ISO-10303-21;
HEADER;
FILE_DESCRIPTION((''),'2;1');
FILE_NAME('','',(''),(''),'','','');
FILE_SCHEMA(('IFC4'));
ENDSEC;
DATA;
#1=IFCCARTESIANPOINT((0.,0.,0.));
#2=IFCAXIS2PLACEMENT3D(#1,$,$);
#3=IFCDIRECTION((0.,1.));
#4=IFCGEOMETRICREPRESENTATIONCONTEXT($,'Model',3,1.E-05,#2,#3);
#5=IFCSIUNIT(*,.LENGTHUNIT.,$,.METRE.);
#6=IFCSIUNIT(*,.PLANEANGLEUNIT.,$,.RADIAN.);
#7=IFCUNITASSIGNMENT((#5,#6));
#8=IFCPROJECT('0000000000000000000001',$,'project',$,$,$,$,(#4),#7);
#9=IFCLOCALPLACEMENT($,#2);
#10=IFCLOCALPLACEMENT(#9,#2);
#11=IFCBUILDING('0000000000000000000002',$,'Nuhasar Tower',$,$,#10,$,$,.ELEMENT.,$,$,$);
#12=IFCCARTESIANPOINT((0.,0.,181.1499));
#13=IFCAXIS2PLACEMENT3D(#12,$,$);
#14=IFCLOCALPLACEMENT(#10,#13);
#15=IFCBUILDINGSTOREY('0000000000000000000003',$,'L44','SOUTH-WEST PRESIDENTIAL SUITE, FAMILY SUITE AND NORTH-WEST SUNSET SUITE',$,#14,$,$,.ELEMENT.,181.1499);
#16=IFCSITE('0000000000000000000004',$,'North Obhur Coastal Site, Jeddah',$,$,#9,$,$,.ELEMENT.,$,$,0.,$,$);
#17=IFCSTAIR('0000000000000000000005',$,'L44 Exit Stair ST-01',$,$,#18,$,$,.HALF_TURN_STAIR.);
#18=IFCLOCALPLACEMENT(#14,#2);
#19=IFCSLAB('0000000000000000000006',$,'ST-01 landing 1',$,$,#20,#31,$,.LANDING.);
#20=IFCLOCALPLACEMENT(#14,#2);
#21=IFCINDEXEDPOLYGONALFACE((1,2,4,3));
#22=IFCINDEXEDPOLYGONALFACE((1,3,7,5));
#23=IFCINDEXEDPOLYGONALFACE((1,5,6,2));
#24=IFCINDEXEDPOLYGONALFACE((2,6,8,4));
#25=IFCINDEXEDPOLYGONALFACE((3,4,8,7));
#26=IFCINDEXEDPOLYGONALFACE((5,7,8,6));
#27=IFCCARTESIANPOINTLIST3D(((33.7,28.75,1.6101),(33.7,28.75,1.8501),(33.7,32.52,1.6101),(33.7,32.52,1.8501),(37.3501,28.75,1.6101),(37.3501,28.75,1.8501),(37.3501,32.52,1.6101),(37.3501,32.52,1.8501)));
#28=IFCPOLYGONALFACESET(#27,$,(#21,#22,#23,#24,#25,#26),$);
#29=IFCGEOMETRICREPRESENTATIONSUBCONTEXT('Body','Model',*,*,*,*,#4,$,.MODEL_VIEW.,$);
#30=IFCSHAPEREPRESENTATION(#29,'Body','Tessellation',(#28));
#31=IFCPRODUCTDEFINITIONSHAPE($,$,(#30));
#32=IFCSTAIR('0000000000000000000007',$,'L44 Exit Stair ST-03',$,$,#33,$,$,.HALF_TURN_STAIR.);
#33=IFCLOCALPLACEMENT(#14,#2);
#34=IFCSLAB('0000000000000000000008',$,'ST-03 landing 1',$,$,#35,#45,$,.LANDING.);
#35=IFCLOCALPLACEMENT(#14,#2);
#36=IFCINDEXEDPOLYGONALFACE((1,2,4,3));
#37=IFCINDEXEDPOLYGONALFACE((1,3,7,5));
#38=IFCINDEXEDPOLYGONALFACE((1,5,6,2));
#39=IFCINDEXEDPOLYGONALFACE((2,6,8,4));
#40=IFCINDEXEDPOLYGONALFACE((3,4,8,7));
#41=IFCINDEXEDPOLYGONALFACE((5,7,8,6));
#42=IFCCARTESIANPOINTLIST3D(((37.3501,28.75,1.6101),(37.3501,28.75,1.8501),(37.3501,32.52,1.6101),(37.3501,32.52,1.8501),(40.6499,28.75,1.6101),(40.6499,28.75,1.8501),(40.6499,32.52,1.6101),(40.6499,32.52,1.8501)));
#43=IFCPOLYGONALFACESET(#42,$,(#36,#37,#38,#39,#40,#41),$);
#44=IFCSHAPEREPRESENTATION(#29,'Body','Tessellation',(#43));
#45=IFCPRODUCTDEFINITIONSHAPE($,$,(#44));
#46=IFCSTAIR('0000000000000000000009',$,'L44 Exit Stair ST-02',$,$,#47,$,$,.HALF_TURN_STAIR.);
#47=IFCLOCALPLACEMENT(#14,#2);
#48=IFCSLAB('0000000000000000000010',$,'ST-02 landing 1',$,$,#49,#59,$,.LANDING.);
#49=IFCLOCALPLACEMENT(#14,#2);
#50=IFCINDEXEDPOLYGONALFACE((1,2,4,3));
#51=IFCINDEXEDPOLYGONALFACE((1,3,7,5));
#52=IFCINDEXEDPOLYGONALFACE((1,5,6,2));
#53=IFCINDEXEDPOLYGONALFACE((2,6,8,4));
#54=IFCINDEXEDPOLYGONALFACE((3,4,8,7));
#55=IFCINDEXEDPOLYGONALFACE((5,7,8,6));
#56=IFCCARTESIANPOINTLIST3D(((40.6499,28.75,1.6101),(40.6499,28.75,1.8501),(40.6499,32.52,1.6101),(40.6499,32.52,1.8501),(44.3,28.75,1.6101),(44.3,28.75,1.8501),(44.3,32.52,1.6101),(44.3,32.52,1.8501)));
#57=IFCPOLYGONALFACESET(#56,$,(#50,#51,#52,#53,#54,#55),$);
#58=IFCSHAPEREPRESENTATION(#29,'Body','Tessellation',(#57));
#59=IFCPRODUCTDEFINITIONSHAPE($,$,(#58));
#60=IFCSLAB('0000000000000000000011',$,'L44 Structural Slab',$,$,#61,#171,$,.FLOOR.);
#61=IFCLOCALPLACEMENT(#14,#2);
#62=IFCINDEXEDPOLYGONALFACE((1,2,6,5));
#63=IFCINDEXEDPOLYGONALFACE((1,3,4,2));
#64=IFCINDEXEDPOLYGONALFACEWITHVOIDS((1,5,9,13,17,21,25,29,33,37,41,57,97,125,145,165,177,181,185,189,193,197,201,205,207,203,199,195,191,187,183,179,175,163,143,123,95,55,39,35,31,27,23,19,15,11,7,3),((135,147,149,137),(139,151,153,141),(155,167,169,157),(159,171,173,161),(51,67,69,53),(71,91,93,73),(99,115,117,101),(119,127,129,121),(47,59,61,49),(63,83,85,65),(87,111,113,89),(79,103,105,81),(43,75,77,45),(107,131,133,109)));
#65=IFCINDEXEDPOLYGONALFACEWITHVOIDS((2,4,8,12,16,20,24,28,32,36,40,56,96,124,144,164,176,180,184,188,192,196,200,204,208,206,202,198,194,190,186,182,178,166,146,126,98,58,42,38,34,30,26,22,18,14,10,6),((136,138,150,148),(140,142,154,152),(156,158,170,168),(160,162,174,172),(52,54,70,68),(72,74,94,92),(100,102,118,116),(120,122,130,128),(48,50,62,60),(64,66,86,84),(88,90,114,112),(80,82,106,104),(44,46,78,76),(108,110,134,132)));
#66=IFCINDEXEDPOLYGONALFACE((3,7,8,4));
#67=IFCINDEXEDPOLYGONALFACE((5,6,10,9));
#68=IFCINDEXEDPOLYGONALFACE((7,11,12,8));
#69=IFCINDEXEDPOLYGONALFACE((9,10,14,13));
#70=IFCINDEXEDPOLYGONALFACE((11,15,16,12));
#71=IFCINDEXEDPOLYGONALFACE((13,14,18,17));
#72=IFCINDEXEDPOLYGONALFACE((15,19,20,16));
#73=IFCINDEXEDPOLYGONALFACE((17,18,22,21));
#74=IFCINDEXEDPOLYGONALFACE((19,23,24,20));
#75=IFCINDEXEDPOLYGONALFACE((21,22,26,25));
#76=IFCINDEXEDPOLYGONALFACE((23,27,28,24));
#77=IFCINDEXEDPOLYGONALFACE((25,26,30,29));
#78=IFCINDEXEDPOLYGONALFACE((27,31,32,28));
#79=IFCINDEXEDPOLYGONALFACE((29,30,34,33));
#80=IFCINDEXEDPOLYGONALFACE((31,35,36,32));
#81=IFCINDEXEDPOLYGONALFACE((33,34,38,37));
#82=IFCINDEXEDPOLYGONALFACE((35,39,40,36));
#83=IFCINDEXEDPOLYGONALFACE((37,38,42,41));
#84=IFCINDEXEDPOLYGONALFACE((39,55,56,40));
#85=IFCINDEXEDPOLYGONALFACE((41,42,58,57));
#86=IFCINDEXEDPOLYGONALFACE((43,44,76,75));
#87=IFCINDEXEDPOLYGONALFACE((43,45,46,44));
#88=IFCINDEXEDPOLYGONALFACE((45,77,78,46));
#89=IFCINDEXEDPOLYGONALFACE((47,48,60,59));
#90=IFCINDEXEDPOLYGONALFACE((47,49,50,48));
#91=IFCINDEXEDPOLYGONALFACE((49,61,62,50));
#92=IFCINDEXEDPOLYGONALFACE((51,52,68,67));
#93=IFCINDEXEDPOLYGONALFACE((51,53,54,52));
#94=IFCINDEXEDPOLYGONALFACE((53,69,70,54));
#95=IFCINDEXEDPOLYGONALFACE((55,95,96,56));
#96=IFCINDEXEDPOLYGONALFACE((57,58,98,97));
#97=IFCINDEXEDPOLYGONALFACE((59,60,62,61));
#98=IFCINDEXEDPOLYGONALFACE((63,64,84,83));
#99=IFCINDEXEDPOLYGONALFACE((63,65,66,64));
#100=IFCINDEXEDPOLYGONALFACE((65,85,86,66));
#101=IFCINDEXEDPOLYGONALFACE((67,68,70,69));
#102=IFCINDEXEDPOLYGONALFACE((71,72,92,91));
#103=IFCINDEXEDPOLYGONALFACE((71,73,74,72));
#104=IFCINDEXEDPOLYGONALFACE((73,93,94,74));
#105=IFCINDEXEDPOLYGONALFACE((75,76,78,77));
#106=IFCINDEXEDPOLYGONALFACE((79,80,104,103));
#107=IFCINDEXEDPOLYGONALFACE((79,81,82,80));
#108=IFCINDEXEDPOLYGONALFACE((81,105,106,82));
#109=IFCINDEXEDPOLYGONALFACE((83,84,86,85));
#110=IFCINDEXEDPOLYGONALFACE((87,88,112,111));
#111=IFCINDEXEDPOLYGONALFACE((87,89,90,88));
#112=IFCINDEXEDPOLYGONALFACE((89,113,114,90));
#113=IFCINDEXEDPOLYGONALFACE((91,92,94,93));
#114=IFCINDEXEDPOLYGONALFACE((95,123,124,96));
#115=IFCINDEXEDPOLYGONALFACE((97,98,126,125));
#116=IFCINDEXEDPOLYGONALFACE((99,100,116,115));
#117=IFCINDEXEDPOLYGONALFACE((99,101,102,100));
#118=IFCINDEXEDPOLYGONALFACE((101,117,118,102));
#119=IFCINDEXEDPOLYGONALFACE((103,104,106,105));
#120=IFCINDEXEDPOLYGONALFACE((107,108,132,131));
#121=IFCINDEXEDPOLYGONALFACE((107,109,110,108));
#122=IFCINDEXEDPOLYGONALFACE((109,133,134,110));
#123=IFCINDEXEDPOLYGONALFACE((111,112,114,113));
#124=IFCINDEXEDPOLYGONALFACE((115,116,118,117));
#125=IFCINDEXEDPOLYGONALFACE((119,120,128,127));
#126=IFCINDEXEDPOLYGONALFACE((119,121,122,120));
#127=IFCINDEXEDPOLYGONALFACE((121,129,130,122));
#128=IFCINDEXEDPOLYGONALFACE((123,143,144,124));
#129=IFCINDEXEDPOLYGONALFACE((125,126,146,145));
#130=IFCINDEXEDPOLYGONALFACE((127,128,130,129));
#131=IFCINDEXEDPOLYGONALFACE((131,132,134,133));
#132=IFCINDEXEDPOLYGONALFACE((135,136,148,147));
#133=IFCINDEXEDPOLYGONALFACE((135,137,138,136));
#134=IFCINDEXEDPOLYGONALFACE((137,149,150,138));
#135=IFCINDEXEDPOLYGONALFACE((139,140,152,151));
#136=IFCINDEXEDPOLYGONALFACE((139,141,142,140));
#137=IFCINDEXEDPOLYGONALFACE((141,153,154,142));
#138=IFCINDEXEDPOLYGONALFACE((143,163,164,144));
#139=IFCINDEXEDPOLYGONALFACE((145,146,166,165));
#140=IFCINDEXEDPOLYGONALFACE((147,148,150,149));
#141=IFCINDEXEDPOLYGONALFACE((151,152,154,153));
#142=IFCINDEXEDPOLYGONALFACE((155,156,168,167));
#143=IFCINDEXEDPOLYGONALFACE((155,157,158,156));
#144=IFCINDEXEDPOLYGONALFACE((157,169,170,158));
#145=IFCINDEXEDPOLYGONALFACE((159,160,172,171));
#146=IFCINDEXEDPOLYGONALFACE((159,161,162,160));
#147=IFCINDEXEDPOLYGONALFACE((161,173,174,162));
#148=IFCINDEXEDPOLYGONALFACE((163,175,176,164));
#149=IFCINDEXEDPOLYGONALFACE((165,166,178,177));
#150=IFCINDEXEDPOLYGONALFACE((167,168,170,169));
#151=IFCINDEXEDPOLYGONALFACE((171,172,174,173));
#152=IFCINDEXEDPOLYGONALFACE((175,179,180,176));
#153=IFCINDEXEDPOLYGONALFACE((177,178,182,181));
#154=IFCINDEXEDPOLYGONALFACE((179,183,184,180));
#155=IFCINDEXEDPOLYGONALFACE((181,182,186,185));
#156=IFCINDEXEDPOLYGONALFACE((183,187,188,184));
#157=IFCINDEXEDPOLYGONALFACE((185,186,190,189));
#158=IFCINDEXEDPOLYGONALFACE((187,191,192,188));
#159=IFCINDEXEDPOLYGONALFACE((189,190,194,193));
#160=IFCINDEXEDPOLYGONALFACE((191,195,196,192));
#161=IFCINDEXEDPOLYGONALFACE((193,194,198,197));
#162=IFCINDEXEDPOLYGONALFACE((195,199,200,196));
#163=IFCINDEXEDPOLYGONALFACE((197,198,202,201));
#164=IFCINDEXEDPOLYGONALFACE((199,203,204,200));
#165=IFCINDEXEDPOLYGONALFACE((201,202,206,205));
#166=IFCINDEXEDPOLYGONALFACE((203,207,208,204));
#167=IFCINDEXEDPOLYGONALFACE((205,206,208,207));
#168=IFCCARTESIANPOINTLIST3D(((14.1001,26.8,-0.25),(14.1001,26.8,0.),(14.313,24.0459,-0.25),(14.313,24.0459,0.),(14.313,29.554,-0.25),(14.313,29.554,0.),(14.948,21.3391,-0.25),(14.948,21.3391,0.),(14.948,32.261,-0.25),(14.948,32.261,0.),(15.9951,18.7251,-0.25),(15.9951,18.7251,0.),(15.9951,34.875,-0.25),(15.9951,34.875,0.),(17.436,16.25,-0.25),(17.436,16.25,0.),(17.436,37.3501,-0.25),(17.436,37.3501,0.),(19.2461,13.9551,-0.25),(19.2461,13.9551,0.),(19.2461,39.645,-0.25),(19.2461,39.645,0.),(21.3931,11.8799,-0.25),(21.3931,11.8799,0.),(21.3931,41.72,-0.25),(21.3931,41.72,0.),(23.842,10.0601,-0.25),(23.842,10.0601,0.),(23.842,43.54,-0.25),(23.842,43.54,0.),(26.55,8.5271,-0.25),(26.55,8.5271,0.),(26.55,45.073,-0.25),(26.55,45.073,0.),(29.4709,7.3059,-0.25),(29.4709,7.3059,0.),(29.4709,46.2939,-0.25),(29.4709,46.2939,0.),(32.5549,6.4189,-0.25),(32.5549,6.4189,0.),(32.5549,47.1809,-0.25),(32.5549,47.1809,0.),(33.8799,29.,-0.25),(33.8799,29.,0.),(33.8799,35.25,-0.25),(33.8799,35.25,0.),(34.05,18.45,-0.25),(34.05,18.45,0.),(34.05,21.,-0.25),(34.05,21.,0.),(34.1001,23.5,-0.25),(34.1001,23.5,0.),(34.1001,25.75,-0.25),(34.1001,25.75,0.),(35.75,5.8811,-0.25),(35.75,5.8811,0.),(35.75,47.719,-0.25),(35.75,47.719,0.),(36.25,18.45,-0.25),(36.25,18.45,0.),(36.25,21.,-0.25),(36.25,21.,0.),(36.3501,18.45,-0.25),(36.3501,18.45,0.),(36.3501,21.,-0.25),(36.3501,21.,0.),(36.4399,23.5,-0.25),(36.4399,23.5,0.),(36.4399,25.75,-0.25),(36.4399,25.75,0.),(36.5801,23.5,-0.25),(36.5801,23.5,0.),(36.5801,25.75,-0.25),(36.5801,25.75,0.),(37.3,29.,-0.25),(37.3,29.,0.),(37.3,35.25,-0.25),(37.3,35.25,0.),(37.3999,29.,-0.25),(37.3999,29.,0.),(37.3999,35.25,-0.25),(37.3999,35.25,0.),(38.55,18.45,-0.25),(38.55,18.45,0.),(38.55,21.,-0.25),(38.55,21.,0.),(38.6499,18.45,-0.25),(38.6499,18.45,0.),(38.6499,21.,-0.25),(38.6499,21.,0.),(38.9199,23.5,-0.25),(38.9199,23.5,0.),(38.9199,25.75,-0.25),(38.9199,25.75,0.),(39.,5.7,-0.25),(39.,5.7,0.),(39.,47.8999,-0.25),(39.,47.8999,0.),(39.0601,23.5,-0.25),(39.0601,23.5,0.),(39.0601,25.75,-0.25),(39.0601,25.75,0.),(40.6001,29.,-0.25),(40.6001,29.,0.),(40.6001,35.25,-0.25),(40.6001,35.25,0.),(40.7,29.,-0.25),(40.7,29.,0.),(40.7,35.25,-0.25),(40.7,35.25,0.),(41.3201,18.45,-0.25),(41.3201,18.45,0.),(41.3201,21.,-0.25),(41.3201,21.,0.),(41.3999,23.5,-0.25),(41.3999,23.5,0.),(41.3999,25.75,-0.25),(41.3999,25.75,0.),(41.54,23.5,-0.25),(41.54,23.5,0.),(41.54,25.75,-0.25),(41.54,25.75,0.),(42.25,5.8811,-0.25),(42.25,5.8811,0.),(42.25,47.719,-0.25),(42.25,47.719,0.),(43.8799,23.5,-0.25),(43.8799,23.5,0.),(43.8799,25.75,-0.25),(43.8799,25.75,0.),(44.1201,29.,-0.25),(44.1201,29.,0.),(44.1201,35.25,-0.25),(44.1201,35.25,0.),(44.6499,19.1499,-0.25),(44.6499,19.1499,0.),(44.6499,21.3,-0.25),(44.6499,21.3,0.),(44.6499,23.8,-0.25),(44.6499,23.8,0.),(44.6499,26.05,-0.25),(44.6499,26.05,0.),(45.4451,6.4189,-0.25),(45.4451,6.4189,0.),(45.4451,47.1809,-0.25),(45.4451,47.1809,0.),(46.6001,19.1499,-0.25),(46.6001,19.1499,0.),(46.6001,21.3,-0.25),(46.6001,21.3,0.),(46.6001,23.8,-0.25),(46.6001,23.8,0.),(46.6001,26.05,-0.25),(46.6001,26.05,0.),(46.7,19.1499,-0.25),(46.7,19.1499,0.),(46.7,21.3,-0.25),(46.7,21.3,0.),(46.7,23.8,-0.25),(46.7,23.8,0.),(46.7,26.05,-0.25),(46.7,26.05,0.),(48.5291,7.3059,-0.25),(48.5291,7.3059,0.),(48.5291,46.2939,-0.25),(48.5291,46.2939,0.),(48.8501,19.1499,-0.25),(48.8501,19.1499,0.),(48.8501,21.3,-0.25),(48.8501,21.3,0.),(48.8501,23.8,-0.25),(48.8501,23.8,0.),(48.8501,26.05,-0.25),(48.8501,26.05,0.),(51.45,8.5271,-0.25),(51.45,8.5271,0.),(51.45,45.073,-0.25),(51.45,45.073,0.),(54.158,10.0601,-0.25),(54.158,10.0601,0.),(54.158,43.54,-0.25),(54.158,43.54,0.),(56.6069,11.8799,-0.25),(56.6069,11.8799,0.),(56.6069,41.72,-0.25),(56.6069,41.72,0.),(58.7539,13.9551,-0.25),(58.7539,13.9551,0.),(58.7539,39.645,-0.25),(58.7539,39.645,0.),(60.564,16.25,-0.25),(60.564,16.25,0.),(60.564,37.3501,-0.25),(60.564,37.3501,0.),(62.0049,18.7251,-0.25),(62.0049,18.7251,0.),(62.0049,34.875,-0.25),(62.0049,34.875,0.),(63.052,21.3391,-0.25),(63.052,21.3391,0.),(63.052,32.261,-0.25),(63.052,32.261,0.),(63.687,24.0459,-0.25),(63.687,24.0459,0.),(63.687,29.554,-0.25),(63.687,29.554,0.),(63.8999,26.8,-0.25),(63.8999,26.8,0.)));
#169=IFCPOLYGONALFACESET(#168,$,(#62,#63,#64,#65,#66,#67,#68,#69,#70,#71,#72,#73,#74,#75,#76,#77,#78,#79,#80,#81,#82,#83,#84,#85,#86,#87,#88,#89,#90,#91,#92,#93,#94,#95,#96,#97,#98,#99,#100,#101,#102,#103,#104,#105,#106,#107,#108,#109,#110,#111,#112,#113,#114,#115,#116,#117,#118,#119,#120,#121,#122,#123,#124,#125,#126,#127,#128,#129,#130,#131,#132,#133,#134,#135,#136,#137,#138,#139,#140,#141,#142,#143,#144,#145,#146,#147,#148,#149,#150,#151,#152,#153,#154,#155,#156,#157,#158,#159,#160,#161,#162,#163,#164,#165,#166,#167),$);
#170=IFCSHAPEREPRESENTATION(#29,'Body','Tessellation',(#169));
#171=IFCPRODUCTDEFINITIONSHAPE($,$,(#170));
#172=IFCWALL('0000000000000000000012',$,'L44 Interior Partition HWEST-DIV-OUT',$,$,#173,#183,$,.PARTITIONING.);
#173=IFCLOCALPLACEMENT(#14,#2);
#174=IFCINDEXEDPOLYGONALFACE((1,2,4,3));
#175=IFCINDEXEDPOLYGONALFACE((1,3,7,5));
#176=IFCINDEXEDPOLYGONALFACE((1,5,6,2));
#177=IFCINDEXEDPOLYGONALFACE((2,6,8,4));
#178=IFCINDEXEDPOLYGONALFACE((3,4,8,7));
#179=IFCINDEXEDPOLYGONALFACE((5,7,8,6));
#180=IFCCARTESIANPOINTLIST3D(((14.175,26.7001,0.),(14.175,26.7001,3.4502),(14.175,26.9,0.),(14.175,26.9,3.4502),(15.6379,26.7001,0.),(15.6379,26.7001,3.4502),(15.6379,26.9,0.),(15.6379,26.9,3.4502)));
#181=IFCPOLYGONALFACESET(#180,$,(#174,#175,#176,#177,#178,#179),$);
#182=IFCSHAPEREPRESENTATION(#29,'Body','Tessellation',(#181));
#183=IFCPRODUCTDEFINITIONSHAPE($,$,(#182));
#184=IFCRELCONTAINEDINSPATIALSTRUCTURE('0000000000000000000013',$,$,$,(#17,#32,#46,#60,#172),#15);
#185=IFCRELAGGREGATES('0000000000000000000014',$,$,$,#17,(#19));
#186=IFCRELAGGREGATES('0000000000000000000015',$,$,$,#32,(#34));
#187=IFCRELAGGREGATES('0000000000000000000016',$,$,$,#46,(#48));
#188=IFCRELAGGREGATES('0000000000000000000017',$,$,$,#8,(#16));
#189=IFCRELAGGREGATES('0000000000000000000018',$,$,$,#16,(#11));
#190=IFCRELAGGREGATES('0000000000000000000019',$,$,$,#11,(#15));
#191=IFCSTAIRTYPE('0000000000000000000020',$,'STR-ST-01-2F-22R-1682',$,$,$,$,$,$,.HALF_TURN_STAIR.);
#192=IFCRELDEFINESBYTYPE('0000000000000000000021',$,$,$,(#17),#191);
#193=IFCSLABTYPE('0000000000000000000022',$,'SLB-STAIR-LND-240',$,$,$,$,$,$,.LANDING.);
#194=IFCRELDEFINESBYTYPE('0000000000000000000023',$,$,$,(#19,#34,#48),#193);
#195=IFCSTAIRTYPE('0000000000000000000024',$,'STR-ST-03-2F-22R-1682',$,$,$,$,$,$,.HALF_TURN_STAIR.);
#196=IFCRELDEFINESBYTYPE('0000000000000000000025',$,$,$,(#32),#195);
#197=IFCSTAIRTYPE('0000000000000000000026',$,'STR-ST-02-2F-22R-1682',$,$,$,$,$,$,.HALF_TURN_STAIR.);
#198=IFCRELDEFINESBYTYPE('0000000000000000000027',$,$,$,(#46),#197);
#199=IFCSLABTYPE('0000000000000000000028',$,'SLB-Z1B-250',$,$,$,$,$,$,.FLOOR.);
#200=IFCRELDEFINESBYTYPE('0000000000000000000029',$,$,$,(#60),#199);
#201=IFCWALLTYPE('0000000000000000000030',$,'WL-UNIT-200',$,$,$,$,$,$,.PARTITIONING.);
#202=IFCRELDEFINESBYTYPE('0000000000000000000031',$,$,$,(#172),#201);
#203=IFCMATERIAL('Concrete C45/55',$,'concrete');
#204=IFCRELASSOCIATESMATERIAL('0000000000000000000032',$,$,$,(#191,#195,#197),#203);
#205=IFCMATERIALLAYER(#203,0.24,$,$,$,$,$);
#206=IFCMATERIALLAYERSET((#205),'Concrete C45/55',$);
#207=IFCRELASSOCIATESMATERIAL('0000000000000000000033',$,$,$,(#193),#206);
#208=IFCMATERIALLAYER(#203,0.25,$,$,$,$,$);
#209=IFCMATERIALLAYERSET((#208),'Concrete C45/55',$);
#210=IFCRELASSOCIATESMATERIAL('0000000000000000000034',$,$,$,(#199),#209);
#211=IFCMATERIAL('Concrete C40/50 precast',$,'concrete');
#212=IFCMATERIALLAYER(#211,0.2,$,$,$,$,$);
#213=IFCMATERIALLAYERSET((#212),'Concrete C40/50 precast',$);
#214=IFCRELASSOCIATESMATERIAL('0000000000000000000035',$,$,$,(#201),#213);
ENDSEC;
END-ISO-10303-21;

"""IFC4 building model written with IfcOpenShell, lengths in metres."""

from ifc_helpers import new_model, si_unit, direction, frame, frame_2d, origin, place, context, subcontext, project, spatial, polyline, rectangle, outline, extrude, material, layer, layer_set, type_object, element, aggregate, save


model = new_model("IFC4")

# Units and contexts
model_context = context("Model", 3, precision=1e-05, world=origin(), true_north=direction((0.0, 1.0)))
body_context = subcontext(model_context, "Body", "Model", "MODEL_VIEW")
ifc_project = project(units=[si_unit("LENGTHUNIT", "METRE"), si_unit("PLANEANGLEUNIT", "RADIAN")], contexts=[model_context])

# Site, building, storey
site_placement = place(None, origin())
site = spatial("IfcSite", under=ifc_project, at=site_placement, Name="North Obhur Coastal Site, Jeddah", CompositionType="ELEMENT", RefElevation=0.0)
building_placement = place(site_placement, origin())
building = spatial("IfcBuilding", under=site, at=building_placement, Name="Nuhasar Tower", CompositionType="ELEMENT")
storey_placement = place(building_placement, frame((0.0, 0.0, 181.1499)))
storey = spatial("IfcBuildingStorey", under=building, at=storey_placement, Name="L44", Description="SOUTH-WEST PRESIDENTIAL SUITE, FAMILY SUITE AND NORTH-WEST SUNSET SUITE", CompositionType="ELEMENT", Elevation=181.1499)

# Stairs, slabs
ifc_material_1 = material(Name="Concrete C45/55", Category="concrete")
stair_type_1 = type_object("IfcStairType", Name="STR-ST-01-2F-22R-1682", PredefinedType="HALF_TURN_STAIR", material=ifc_material_1)
stair_1_placement = place(storey_placement, origin())
stair_1 = element("IfcStair", 1, at=stair_1_placement, inside=storey, type_object=stair_type_1, Name="L44 Exit Stair ST-01", PredefinedType="HALF_TURN_STAIR")
ifc_layer_1 = layer(ifc_material_1, 0.24)
ifc_layer_set_1 = layer_set([ifc_layer_1], Name="Concrete C45/55")
slab_type_1 = type_object("IfcSlabType", Name="SLB-STAIR-LND-240", PredefinedType="LANDING", material=ifc_layer_set_1)
slab_1_placement = place(storey_placement, frame((0.0, 0.0, 1.6101)))
slab_1 = element("IfcSlab", 2, at=slab_1_placement, type_object=slab_type_1, Name="ST-01 landing 1", PredefinedType="LANDING", context=body_context, shape_type="SweptSolid", body=[
    extrude(outline(polyline([(33.7, 28.75), (37.3501, 28.75), (37.3501, 32.52), (33.7, 32.52), (33.7, 28.75)])), origin(), (0.0, 0.0, 1.0), 0.24),
])
aggregate(stair_1, [slab_1])
stair_type_2 = type_object("IfcStairType", Name="STR-ST-03-2F-22R-1682", PredefinedType="HALF_TURN_STAIR", material=ifc_material_1)
stair_2_placement = place(storey_placement, origin())
stair_2 = element("IfcStair", 3, at=stair_2_placement, inside=storey, type_object=stair_type_2, Name="L44 Exit Stair ST-03", PredefinedType="HALF_TURN_STAIR")
slab_2_placement = place(storey_placement, frame((0.0, 0.0, 1.6101)))
slab_2 = element("IfcSlab", 4, at=slab_2_placement, type_object=slab_type_1, Name="ST-03 landing 1", PredefinedType="LANDING", context=body_context, shape_type="SweptSolid", body=[
    extrude(outline(polyline([(37.3501, 28.75), (40.6499, 28.75), (40.6499, 32.52), (37.3501, 32.52), (37.3501, 28.75)])), origin(), (0.0, 0.0, 1.0), 0.24),
])
aggregate(stair_2, [slab_2])
stair_type_3 = type_object("IfcStairType", Name="STR-ST-02-2F-22R-1682", PredefinedType="HALF_TURN_STAIR", material=ifc_material_1)
stair_3_placement = place(storey_placement, origin())
stair_3 = element("IfcStair", 5, at=stair_3_placement, inside=storey, type_object=stair_type_3, Name="L44 Exit Stair ST-02", PredefinedType="HALF_TURN_STAIR")
slab_3_placement = place(storey_placement, frame((0.0, 0.0, 1.6101)))
slab_3 = element("IfcSlab", 6, at=slab_3_placement, type_object=slab_type_1, Name="ST-02 landing 1", PredefinedType="LANDING", context=body_context, shape_type="SweptSolid", body=[
    extrude(outline(polyline([(40.6499, 28.75), (44.3, 28.75), (44.3, 32.52), (40.6499, 32.52), (40.6499, 28.75)])), origin(), (0.0, 0.0, 1.0), 0.24),
])
aggregate(stair_3, [slab_3])

# Slab
ifc_layer_2 = layer(ifc_material_1, 0.25)
ifc_layer_set_2 = layer_set([ifc_layer_2], Name="Concrete C45/55")
slab_type_2 = type_object("IfcSlabType", Name="SLB-Z1B-250", PredefinedType="FLOOR", material=ifc_layer_set_2)
slab_4_placement = place(storey_placement, frame((0.0, 0.0, -0.25)))
element("IfcSlab", 7, at=slab_4_placement, inside=storey, type_object=slab_type_2, Name="L44 Structural Slab", PredefinedType="FLOOR", context=body_context, shape_type="SweptSolid", body=[
    extrude(outline(polyline([(63.8999, 26.8), (63.687, 29.554), (63.052, 32.261), (62.0049, 34.875), (60.564, 37.3501), (58.7539, 39.645), (56.6069, 41.72), (54.158, 43.54), (51.45, 45.073), (48.5291, 46.2939), (45.4451, 47.1809), (42.25, 47.719), (39.0, 47.8999), (35.75, 47.719), (32.5549, 47.1809), (29.4709, 46.2939), (26.55, 45.073), (23.842, 43.54), (21.3931, 41.72), (19.2461, 39.645), (17.436, 37.3501), (15.9951, 34.875), (14.948, 32.261), (14.313, 29.554), (14.1001, 26.8), (14.313, 24.0459), (14.948, 21.3391), (15.9951, 18.7251), (17.436, 16.25), (19.2461, 13.9551), (21.3931, 11.8799), (23.842, 10.0601), (26.55, 8.5271), (29.4709, 7.3059), (32.5549, 6.4189), (35.75, 5.8811), (39.0, 5.7), (42.25, 5.8811), (45.4451, 6.4189), (48.5291, 7.3059), (51.45, 8.5271), (54.158, 10.0601), (56.6069, 11.8799), (58.7539, 13.9551), (60.564, 16.25), (62.0049, 18.7251), (63.052, 21.3391), (63.687, 24.0459), (63.8999, 26.8)]), holes=[polyline([(33.8799, 35.25), (37.3, 35.25), (37.3, 29.0), (33.8799, 29.0), (33.8799, 35.25)]), polyline([(37.3999, 35.25), (40.6001, 35.25), (40.6001, 29.0), (37.3999, 29.0), (37.3999, 35.25)]), polyline([(40.7, 35.25), (44.1201, 35.25), (44.1201, 29.0), (40.7, 29.0), (40.7, 35.25)]), polyline([(44.6499, 26.05), (46.6001, 26.05), (46.6001, 23.8), (44.6499, 23.8), (44.6499, 26.05)]), polyline([(46.7, 26.05), (48.8501, 26.05), (48.8501, 23.8), (46.7, 23.8), (46.7, 26.05)]), polyline([(44.6499, 21.3), (46.6001, 21.3), (46.6001, 19.1499), (44.6499, 19.1499), (44.6499, 21.3)]), polyline([(46.7, 21.3), (48.8501, 21.3), (48.8501, 19.1499), (46.7, 19.1499), (46.7, 21.3)]), polyline([(34.1001, 25.75), (36.4399, 25.75), (36.4399, 23.5), (34.1001, 23.5), (34.1001, 25.75)]), polyline([(36.5801, 25.75), (38.9199, 25.75), (38.9199, 23.5), (36.5801, 23.5), (36.5801, 25.75)]), polyline([(39.0601, 25.75), (41.3999, 25.75), (41.3999, 23.5), (39.0601, 23.5), (39.0601, 25.75)]), polyline([(41.54, 25.75), (43.8799, 25.75), (43.8799, 23.5), (41.54, 23.5), (41.54, 25.75)]), polyline([(34.05, 21.0), (36.25, 21.0), (36.25, 18.45), (34.05, 18.45), (34.05, 21.0)]), polyline([(36.3501, 21.0), (38.55, 21.0), (38.55, 18.45), (36.3501, 18.45), (36.3501, 21.0)]), polyline([(38.6499, 21.0), (41.3201, 21.0), (41.3201, 18.45), (38.6499, 18.45), (38.6499, 21.0)])]), origin(), (0.0, 0.0, 1.0), 0.25),
])

# Wall
ifc_material_2 = material(Name="Concrete C40/50 precast", Category="concrete")
ifc_layer_3 = layer(ifc_material_2, 0.2)
ifc_layer_set_3 = layer_set([ifc_layer_3], Name="Concrete C40/50 precast")
wall_type = type_object("IfcWallType", Name="WL-UNIT-200", PredefinedType="PARTITIONING", material=ifc_layer_set_3)
wall_placement = place(storey_placement, frame((15.6379, 26.8, 0.0), z_axis=(0.0, 0.0, 1.0), x_axis=(-1.0, 0.0, 0.0)))
element("IfcWall", 8, at=wall_placement, inside=storey, type_object=wall_type, Name="L44 Interior Partition HWEST-DIV-OUT", PredefinedType="PARTITIONING", context=body_context, shape_type="SweptSolid", body=[
    extrude(rectangle(XDim=1.4629, YDim=0.2, at=frame_2d((0.7314, 0.0))), origin(), (0.0, 0.0, 1.0), 3.4502),
])

save(model, "model.ifc")
